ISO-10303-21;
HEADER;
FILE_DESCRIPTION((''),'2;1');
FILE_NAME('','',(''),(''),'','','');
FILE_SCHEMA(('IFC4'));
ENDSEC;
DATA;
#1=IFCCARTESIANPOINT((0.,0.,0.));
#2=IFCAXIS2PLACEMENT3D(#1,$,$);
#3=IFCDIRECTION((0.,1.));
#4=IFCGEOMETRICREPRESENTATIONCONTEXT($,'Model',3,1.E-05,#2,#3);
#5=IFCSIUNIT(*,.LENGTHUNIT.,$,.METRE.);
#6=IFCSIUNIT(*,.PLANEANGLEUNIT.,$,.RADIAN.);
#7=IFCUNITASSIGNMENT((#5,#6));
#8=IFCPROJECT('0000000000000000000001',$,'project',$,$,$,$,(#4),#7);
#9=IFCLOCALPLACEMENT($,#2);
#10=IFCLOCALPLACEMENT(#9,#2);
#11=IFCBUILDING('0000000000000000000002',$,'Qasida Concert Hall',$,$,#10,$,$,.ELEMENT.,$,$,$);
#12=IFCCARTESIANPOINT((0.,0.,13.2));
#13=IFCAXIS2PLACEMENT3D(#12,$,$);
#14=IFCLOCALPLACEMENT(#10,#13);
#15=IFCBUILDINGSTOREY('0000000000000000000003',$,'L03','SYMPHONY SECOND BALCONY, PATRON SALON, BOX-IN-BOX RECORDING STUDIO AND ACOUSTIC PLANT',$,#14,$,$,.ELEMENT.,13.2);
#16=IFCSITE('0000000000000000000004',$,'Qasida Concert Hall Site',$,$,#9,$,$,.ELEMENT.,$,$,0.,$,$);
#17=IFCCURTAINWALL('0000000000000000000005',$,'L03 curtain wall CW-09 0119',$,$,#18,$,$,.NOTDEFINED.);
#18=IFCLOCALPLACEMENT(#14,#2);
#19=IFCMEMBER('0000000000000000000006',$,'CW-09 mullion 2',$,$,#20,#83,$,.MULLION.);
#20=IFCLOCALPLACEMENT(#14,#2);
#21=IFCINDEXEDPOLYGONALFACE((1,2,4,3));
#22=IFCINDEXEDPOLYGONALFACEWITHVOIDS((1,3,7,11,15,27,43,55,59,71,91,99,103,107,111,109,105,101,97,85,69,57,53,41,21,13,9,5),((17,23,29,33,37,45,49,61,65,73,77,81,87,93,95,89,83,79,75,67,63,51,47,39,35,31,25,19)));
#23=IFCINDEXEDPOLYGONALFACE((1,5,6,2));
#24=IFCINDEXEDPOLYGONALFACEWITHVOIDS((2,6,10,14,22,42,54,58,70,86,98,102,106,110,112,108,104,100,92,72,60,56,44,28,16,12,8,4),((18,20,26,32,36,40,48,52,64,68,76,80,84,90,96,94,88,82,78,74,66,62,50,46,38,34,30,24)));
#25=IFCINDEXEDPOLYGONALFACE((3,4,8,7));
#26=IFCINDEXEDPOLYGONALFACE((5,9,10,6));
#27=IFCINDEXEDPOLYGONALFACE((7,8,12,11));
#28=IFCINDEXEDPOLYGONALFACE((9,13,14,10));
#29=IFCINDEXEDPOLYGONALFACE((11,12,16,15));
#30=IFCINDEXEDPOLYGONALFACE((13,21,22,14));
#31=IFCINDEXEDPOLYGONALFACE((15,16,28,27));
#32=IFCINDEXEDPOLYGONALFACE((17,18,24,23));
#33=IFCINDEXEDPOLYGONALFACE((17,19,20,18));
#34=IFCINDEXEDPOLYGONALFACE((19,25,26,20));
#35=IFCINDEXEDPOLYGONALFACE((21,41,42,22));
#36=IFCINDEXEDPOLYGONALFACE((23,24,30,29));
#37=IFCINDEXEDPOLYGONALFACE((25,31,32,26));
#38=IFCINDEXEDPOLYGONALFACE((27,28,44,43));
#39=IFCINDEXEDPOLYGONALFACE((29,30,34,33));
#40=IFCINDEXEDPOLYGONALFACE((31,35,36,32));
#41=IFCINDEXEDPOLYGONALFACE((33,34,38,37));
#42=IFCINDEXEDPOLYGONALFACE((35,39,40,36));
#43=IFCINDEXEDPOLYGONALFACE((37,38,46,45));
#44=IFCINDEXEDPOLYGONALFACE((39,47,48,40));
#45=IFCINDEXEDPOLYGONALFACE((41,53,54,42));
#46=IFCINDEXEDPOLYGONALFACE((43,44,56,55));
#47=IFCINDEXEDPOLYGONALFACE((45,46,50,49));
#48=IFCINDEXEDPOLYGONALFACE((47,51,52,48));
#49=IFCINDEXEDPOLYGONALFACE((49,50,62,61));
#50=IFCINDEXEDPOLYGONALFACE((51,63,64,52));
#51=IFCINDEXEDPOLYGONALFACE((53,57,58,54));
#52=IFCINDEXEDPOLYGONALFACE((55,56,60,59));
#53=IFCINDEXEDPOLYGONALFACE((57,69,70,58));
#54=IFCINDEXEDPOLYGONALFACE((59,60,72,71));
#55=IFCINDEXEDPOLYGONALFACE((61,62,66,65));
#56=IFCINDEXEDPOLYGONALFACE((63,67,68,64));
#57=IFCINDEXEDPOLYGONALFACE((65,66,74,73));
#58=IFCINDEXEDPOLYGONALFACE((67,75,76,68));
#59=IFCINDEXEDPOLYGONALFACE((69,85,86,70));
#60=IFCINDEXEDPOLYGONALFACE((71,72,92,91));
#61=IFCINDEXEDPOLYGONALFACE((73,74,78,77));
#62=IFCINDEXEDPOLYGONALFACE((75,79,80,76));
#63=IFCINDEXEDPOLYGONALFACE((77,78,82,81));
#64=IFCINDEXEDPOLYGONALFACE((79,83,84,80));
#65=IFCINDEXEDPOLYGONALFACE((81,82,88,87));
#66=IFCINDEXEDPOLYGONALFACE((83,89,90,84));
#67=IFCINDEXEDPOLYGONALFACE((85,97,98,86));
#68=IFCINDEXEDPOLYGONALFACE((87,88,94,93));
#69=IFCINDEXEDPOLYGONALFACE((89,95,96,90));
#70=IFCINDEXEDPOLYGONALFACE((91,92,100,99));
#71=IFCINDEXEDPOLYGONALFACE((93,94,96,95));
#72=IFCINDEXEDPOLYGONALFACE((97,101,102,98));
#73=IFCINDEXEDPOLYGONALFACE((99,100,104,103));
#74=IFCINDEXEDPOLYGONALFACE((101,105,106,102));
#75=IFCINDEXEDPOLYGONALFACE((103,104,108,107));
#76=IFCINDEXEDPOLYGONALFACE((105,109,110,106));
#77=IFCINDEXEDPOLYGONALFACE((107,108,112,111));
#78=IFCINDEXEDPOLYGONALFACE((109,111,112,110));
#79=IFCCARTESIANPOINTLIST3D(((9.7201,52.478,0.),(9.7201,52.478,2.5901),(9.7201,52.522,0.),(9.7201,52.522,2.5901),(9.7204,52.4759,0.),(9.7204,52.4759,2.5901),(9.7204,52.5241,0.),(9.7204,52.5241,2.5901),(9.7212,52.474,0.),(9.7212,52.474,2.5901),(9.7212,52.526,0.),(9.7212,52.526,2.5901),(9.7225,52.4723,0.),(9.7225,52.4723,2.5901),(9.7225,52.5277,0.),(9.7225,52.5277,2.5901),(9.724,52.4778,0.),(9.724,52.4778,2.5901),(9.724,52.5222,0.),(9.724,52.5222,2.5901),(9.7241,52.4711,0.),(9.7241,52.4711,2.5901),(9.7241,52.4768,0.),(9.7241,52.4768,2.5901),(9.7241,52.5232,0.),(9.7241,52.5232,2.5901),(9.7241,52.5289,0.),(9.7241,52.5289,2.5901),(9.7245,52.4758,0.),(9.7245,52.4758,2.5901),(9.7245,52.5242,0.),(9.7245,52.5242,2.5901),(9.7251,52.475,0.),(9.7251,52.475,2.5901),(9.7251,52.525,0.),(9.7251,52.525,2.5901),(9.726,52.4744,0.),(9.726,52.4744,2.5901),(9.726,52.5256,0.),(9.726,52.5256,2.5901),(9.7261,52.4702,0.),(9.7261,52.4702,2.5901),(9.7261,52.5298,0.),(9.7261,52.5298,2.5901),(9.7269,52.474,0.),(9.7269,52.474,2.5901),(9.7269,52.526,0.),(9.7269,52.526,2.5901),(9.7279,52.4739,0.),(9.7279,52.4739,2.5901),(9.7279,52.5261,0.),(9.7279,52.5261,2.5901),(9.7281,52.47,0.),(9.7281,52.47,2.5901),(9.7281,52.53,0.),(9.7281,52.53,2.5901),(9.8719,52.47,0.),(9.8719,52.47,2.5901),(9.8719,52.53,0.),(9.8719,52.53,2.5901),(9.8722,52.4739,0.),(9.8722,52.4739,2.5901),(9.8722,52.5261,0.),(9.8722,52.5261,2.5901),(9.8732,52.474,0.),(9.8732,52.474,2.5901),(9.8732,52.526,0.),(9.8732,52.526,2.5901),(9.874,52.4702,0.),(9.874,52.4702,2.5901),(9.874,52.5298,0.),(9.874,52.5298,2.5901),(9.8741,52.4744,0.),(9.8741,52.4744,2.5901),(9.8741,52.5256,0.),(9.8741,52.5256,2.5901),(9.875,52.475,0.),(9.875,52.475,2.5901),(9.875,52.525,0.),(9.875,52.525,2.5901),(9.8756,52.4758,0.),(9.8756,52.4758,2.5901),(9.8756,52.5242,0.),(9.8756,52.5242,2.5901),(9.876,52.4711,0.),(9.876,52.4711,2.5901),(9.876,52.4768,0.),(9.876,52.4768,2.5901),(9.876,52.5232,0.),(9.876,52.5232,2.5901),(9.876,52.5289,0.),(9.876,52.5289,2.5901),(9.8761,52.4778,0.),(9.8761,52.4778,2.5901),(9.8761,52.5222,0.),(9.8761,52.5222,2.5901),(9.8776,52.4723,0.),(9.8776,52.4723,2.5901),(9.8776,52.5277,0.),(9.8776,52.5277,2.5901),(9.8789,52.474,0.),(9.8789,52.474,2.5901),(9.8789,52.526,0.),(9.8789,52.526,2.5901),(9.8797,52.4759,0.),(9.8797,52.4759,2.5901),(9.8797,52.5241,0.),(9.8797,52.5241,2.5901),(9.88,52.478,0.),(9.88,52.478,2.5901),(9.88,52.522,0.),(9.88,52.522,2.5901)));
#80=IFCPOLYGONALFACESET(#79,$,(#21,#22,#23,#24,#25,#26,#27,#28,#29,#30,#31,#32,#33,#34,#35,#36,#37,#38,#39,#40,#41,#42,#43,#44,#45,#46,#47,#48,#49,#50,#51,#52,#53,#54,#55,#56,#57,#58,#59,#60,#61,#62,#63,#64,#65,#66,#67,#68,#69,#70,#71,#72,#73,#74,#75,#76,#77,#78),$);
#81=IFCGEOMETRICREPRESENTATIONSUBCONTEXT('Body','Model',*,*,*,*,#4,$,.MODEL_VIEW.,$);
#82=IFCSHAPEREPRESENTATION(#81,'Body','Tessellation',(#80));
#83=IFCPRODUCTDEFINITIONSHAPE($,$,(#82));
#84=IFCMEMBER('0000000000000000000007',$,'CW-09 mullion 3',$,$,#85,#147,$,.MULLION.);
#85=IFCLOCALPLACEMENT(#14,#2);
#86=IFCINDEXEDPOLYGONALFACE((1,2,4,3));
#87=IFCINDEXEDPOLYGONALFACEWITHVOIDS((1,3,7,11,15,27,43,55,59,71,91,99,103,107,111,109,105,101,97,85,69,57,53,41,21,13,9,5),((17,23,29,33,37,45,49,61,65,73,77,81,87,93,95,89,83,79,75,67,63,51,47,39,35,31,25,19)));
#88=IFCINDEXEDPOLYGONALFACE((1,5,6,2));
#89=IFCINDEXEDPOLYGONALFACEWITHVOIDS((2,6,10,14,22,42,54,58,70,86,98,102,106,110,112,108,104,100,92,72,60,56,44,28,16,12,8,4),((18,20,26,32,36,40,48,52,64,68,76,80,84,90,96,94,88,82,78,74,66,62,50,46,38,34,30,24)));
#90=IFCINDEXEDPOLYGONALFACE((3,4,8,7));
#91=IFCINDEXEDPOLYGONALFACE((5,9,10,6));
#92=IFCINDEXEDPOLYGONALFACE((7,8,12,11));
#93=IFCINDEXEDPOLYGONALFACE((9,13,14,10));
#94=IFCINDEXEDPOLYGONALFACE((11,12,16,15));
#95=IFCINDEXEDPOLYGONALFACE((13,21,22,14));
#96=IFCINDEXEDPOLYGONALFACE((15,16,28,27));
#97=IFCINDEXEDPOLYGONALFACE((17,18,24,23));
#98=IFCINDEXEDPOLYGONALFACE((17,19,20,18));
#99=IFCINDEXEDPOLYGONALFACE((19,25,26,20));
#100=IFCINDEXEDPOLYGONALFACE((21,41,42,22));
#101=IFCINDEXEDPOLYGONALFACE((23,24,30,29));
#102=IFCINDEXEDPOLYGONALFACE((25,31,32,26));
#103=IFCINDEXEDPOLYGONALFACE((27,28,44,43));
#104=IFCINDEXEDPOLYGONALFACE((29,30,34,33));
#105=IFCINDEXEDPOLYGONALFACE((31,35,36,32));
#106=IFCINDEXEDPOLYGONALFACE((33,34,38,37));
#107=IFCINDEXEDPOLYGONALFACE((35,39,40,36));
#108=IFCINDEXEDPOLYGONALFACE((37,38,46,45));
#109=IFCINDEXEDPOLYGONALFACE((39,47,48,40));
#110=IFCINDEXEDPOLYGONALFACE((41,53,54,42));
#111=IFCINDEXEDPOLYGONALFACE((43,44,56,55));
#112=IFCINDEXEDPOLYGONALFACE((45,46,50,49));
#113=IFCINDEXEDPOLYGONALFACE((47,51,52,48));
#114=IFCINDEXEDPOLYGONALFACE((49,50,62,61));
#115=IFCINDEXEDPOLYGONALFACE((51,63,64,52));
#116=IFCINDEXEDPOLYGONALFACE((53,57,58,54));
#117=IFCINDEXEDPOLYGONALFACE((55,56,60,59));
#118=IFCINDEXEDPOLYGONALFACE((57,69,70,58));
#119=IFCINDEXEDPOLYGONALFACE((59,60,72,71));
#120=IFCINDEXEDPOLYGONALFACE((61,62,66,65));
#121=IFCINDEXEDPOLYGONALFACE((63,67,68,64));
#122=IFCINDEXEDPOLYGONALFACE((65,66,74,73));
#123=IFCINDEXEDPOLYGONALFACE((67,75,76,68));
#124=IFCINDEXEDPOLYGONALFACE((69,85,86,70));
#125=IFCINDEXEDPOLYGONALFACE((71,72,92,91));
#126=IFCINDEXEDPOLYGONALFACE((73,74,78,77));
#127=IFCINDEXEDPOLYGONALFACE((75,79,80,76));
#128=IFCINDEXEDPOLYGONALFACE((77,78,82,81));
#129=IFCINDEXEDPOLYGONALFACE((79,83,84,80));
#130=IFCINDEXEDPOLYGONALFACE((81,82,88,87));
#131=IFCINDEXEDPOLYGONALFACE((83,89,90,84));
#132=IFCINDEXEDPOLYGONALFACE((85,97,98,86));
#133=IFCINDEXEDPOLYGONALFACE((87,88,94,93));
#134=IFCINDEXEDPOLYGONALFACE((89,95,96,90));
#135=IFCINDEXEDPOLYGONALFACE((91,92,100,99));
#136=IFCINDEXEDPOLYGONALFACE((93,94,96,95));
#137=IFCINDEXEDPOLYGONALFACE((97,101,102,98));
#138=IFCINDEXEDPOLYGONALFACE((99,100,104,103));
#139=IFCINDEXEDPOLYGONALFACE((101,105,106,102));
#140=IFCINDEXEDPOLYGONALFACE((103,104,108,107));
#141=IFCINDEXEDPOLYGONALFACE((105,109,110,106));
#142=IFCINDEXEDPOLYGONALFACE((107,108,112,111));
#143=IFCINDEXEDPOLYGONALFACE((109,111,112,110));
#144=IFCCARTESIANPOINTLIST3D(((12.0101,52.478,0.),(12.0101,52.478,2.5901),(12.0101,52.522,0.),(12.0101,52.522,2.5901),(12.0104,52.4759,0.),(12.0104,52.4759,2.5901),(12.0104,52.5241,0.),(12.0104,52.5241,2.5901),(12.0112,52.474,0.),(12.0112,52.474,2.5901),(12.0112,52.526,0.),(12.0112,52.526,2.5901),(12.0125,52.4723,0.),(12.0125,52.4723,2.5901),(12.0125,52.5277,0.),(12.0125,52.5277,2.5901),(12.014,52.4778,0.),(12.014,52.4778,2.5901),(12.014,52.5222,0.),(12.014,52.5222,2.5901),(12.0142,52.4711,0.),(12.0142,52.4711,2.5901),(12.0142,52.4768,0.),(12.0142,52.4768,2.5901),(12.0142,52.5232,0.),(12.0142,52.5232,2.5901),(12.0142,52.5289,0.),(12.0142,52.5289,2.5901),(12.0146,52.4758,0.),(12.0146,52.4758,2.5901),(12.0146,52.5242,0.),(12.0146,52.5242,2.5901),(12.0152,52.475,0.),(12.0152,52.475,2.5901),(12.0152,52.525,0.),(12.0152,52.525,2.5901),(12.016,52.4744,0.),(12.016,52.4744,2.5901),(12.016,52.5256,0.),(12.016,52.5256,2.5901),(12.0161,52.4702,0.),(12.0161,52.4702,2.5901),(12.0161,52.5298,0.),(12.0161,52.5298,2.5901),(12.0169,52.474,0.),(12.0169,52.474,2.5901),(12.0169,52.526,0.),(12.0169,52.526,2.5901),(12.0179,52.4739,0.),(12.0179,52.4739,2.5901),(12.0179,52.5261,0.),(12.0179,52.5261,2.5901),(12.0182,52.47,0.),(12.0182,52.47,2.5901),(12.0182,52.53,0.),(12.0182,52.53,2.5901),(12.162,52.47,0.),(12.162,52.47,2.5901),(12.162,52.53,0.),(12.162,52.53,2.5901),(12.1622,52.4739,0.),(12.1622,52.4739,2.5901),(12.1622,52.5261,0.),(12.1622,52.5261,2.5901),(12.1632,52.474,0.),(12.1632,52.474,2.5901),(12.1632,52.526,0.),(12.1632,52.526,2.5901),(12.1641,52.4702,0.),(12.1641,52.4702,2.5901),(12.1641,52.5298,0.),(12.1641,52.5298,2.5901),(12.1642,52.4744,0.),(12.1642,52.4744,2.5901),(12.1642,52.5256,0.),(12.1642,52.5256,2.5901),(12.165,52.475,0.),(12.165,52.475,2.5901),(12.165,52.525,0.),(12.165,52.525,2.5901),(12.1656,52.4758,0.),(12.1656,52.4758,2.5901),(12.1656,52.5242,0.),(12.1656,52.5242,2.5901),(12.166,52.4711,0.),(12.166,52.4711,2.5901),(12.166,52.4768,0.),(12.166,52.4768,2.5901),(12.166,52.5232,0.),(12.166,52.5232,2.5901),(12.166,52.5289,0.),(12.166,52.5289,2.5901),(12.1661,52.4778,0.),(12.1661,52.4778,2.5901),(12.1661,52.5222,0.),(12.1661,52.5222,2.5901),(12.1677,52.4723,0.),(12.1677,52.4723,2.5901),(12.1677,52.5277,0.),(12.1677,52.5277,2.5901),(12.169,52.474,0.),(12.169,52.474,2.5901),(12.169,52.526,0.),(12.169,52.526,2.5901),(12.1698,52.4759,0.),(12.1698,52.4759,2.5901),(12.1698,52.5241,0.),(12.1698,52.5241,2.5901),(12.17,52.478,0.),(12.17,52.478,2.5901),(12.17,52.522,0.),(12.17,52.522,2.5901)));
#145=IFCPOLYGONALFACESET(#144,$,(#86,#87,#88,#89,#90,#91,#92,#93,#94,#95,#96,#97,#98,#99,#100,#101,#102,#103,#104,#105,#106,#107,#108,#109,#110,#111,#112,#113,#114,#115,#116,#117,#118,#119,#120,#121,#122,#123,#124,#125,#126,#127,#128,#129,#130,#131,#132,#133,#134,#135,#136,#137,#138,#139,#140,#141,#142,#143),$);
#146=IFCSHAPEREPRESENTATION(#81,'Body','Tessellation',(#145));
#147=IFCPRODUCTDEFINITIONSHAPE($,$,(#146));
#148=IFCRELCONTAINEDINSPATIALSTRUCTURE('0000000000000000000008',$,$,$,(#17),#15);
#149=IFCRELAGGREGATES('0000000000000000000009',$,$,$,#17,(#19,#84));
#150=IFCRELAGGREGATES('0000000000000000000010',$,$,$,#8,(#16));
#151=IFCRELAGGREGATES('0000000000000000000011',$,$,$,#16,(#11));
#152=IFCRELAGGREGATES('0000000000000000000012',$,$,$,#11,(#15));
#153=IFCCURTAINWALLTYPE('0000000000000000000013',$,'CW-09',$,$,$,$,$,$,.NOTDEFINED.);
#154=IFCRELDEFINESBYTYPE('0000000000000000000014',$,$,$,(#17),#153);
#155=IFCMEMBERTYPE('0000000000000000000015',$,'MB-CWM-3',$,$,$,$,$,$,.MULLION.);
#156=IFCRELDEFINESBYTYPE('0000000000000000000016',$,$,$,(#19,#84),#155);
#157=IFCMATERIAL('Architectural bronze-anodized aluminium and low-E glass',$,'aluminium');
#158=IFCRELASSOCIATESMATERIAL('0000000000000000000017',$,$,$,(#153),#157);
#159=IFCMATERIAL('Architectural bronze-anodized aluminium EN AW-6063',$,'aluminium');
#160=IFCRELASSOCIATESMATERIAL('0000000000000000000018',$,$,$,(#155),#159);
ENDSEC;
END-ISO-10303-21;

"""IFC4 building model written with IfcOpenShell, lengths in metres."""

from ifc_helpers import new_model, si_unit, direction, frame, origin, origin_2d, place, context, subcontext, project, spatial, hollow_rectangle, extrude, material, material_profile, profile_set, type_object, element, aggregate, save


model = new_model("IFC4")

# Units and contexts
model_context = context("Model", 3, precision=1e-05, world=origin(), true_north=direction((0.0, 1.0)))
body_context = subcontext(model_context, "Body", "Model", "MODEL_VIEW")
ifc_project = project(units=[si_unit("LENGTHUNIT", "METRE"), si_unit("PLANEANGLEUNIT", "RADIAN")], contexts=[model_context])

# Site, building, storey
site_placement = place(None, origin())
site = spatial("IfcSite", under=ifc_project, at=site_placement, Name="Qasida Concert Hall Site", CompositionType="ELEMENT", RefElevation=0.0)
building_placement = place(site_placement, origin())
building = spatial("IfcBuilding", under=site, at=building_placement, Name="Qasida Concert Hall", CompositionType="ELEMENT")
storey_placement = place(building_placement, frame((0.0, 0.0, 13.2)))
storey = spatial("IfcBuildingStorey", under=building, at=storey_placement, Name="L03", Description="SYMPHONY SECOND BALCONY, PATRON SALON, BOX-IN-BOX RECORDING STUDIO AND ACOUSTIC PLANT", CompositionType="ELEMENT", Elevation=13.2)

# Curtain wall, members
ifc_material_1 = material(Name="Architectural bronze-anodized aluminium and low-E glass", Category="aluminium")
curtain_wall_type = type_object("IfcCurtainWallType", Name="CW-09", PredefinedType="NOTDEFINED", material=ifc_material_1)
ifc_material_2 = material(Name="Architectural bronze-anodized aluminium EN AW-6063", Category="aluminium")
ifc_material_profile_1 = material_profile(ifc_material_2, hollow_rectangle(XDim=0.0601, YDim=0.1599, WallThickness=0.0039, InnerFilletRadius=0.0039, OuterFilletRadius=0.0081, at=origin_2d()), Name="CWM 160x60x4")
ifc_profile_set_1 = profile_set([ifc_material_profile_1], Name="Architectural bronze-anodized aluminium EN AW-6063")
member_type_1 = type_object("IfcMemberType", Name="MB-CWM-3", PredefinedType="MULLION", material=ifc_profile_set_1)
curtain_wall_1_placement = place(storey_placement, origin())
curtain_wall_1 = element("IfcCurtainWall", 1, at=curtain_wall_1_placement, inside=storey, type_object=curtain_wall_type, Name="L03 curtain wall CW-09 0119", PredefinedType="NOTDEFINED")
member_1_placement = place(storey_placement, frame((9.8, 52.5, 0.0), z_axis=(0.0, 0.0, 1.0), x_axis=(0.0, 1.0, 0.0)))
member_1 = element("IfcMember", 2, at=member_1_placement, type_object=member_type_1, Name="CW-09 mullion 2", PredefinedType="MULLION", context=body_context, shape_type="SweptSolid", body=[
    extrude(hollow_rectangle(XDim=0.0601, YDim=0.1599, WallThickness=0.0039, InnerFilletRadius=0.0039, OuterFilletRadius=0.0081, at=origin_2d()), origin(), (0.0, 0.0, 1.0), 2.5901),
])
member_2_placement = place(storey_placement, frame((12.0901, 52.5, 0.0), z_axis=(0.0, 0.0, 1.0), x_axis=(0.0, 1.0, 0.0)))
member_2 = element("IfcMember", 3, at=member_2_placement, type_object=member_type_1, Name="CW-09 mullion 3", PredefinedType="MULLION", context=body_context, shape_type="SweptSolid", body=[
    extrude(hollow_rectangle(XDim=0.0601, YDim=0.1599, WallThickness=0.0039, InnerFilletRadius=0.0039, OuterFilletRadius=0.0081, at=origin_2d()), origin(), (0.0, 0.0, 1.0), 2.5901),
])

aggregate(curtain_wall_1, [member_1, member_2])

save(model, "model.ifc")
